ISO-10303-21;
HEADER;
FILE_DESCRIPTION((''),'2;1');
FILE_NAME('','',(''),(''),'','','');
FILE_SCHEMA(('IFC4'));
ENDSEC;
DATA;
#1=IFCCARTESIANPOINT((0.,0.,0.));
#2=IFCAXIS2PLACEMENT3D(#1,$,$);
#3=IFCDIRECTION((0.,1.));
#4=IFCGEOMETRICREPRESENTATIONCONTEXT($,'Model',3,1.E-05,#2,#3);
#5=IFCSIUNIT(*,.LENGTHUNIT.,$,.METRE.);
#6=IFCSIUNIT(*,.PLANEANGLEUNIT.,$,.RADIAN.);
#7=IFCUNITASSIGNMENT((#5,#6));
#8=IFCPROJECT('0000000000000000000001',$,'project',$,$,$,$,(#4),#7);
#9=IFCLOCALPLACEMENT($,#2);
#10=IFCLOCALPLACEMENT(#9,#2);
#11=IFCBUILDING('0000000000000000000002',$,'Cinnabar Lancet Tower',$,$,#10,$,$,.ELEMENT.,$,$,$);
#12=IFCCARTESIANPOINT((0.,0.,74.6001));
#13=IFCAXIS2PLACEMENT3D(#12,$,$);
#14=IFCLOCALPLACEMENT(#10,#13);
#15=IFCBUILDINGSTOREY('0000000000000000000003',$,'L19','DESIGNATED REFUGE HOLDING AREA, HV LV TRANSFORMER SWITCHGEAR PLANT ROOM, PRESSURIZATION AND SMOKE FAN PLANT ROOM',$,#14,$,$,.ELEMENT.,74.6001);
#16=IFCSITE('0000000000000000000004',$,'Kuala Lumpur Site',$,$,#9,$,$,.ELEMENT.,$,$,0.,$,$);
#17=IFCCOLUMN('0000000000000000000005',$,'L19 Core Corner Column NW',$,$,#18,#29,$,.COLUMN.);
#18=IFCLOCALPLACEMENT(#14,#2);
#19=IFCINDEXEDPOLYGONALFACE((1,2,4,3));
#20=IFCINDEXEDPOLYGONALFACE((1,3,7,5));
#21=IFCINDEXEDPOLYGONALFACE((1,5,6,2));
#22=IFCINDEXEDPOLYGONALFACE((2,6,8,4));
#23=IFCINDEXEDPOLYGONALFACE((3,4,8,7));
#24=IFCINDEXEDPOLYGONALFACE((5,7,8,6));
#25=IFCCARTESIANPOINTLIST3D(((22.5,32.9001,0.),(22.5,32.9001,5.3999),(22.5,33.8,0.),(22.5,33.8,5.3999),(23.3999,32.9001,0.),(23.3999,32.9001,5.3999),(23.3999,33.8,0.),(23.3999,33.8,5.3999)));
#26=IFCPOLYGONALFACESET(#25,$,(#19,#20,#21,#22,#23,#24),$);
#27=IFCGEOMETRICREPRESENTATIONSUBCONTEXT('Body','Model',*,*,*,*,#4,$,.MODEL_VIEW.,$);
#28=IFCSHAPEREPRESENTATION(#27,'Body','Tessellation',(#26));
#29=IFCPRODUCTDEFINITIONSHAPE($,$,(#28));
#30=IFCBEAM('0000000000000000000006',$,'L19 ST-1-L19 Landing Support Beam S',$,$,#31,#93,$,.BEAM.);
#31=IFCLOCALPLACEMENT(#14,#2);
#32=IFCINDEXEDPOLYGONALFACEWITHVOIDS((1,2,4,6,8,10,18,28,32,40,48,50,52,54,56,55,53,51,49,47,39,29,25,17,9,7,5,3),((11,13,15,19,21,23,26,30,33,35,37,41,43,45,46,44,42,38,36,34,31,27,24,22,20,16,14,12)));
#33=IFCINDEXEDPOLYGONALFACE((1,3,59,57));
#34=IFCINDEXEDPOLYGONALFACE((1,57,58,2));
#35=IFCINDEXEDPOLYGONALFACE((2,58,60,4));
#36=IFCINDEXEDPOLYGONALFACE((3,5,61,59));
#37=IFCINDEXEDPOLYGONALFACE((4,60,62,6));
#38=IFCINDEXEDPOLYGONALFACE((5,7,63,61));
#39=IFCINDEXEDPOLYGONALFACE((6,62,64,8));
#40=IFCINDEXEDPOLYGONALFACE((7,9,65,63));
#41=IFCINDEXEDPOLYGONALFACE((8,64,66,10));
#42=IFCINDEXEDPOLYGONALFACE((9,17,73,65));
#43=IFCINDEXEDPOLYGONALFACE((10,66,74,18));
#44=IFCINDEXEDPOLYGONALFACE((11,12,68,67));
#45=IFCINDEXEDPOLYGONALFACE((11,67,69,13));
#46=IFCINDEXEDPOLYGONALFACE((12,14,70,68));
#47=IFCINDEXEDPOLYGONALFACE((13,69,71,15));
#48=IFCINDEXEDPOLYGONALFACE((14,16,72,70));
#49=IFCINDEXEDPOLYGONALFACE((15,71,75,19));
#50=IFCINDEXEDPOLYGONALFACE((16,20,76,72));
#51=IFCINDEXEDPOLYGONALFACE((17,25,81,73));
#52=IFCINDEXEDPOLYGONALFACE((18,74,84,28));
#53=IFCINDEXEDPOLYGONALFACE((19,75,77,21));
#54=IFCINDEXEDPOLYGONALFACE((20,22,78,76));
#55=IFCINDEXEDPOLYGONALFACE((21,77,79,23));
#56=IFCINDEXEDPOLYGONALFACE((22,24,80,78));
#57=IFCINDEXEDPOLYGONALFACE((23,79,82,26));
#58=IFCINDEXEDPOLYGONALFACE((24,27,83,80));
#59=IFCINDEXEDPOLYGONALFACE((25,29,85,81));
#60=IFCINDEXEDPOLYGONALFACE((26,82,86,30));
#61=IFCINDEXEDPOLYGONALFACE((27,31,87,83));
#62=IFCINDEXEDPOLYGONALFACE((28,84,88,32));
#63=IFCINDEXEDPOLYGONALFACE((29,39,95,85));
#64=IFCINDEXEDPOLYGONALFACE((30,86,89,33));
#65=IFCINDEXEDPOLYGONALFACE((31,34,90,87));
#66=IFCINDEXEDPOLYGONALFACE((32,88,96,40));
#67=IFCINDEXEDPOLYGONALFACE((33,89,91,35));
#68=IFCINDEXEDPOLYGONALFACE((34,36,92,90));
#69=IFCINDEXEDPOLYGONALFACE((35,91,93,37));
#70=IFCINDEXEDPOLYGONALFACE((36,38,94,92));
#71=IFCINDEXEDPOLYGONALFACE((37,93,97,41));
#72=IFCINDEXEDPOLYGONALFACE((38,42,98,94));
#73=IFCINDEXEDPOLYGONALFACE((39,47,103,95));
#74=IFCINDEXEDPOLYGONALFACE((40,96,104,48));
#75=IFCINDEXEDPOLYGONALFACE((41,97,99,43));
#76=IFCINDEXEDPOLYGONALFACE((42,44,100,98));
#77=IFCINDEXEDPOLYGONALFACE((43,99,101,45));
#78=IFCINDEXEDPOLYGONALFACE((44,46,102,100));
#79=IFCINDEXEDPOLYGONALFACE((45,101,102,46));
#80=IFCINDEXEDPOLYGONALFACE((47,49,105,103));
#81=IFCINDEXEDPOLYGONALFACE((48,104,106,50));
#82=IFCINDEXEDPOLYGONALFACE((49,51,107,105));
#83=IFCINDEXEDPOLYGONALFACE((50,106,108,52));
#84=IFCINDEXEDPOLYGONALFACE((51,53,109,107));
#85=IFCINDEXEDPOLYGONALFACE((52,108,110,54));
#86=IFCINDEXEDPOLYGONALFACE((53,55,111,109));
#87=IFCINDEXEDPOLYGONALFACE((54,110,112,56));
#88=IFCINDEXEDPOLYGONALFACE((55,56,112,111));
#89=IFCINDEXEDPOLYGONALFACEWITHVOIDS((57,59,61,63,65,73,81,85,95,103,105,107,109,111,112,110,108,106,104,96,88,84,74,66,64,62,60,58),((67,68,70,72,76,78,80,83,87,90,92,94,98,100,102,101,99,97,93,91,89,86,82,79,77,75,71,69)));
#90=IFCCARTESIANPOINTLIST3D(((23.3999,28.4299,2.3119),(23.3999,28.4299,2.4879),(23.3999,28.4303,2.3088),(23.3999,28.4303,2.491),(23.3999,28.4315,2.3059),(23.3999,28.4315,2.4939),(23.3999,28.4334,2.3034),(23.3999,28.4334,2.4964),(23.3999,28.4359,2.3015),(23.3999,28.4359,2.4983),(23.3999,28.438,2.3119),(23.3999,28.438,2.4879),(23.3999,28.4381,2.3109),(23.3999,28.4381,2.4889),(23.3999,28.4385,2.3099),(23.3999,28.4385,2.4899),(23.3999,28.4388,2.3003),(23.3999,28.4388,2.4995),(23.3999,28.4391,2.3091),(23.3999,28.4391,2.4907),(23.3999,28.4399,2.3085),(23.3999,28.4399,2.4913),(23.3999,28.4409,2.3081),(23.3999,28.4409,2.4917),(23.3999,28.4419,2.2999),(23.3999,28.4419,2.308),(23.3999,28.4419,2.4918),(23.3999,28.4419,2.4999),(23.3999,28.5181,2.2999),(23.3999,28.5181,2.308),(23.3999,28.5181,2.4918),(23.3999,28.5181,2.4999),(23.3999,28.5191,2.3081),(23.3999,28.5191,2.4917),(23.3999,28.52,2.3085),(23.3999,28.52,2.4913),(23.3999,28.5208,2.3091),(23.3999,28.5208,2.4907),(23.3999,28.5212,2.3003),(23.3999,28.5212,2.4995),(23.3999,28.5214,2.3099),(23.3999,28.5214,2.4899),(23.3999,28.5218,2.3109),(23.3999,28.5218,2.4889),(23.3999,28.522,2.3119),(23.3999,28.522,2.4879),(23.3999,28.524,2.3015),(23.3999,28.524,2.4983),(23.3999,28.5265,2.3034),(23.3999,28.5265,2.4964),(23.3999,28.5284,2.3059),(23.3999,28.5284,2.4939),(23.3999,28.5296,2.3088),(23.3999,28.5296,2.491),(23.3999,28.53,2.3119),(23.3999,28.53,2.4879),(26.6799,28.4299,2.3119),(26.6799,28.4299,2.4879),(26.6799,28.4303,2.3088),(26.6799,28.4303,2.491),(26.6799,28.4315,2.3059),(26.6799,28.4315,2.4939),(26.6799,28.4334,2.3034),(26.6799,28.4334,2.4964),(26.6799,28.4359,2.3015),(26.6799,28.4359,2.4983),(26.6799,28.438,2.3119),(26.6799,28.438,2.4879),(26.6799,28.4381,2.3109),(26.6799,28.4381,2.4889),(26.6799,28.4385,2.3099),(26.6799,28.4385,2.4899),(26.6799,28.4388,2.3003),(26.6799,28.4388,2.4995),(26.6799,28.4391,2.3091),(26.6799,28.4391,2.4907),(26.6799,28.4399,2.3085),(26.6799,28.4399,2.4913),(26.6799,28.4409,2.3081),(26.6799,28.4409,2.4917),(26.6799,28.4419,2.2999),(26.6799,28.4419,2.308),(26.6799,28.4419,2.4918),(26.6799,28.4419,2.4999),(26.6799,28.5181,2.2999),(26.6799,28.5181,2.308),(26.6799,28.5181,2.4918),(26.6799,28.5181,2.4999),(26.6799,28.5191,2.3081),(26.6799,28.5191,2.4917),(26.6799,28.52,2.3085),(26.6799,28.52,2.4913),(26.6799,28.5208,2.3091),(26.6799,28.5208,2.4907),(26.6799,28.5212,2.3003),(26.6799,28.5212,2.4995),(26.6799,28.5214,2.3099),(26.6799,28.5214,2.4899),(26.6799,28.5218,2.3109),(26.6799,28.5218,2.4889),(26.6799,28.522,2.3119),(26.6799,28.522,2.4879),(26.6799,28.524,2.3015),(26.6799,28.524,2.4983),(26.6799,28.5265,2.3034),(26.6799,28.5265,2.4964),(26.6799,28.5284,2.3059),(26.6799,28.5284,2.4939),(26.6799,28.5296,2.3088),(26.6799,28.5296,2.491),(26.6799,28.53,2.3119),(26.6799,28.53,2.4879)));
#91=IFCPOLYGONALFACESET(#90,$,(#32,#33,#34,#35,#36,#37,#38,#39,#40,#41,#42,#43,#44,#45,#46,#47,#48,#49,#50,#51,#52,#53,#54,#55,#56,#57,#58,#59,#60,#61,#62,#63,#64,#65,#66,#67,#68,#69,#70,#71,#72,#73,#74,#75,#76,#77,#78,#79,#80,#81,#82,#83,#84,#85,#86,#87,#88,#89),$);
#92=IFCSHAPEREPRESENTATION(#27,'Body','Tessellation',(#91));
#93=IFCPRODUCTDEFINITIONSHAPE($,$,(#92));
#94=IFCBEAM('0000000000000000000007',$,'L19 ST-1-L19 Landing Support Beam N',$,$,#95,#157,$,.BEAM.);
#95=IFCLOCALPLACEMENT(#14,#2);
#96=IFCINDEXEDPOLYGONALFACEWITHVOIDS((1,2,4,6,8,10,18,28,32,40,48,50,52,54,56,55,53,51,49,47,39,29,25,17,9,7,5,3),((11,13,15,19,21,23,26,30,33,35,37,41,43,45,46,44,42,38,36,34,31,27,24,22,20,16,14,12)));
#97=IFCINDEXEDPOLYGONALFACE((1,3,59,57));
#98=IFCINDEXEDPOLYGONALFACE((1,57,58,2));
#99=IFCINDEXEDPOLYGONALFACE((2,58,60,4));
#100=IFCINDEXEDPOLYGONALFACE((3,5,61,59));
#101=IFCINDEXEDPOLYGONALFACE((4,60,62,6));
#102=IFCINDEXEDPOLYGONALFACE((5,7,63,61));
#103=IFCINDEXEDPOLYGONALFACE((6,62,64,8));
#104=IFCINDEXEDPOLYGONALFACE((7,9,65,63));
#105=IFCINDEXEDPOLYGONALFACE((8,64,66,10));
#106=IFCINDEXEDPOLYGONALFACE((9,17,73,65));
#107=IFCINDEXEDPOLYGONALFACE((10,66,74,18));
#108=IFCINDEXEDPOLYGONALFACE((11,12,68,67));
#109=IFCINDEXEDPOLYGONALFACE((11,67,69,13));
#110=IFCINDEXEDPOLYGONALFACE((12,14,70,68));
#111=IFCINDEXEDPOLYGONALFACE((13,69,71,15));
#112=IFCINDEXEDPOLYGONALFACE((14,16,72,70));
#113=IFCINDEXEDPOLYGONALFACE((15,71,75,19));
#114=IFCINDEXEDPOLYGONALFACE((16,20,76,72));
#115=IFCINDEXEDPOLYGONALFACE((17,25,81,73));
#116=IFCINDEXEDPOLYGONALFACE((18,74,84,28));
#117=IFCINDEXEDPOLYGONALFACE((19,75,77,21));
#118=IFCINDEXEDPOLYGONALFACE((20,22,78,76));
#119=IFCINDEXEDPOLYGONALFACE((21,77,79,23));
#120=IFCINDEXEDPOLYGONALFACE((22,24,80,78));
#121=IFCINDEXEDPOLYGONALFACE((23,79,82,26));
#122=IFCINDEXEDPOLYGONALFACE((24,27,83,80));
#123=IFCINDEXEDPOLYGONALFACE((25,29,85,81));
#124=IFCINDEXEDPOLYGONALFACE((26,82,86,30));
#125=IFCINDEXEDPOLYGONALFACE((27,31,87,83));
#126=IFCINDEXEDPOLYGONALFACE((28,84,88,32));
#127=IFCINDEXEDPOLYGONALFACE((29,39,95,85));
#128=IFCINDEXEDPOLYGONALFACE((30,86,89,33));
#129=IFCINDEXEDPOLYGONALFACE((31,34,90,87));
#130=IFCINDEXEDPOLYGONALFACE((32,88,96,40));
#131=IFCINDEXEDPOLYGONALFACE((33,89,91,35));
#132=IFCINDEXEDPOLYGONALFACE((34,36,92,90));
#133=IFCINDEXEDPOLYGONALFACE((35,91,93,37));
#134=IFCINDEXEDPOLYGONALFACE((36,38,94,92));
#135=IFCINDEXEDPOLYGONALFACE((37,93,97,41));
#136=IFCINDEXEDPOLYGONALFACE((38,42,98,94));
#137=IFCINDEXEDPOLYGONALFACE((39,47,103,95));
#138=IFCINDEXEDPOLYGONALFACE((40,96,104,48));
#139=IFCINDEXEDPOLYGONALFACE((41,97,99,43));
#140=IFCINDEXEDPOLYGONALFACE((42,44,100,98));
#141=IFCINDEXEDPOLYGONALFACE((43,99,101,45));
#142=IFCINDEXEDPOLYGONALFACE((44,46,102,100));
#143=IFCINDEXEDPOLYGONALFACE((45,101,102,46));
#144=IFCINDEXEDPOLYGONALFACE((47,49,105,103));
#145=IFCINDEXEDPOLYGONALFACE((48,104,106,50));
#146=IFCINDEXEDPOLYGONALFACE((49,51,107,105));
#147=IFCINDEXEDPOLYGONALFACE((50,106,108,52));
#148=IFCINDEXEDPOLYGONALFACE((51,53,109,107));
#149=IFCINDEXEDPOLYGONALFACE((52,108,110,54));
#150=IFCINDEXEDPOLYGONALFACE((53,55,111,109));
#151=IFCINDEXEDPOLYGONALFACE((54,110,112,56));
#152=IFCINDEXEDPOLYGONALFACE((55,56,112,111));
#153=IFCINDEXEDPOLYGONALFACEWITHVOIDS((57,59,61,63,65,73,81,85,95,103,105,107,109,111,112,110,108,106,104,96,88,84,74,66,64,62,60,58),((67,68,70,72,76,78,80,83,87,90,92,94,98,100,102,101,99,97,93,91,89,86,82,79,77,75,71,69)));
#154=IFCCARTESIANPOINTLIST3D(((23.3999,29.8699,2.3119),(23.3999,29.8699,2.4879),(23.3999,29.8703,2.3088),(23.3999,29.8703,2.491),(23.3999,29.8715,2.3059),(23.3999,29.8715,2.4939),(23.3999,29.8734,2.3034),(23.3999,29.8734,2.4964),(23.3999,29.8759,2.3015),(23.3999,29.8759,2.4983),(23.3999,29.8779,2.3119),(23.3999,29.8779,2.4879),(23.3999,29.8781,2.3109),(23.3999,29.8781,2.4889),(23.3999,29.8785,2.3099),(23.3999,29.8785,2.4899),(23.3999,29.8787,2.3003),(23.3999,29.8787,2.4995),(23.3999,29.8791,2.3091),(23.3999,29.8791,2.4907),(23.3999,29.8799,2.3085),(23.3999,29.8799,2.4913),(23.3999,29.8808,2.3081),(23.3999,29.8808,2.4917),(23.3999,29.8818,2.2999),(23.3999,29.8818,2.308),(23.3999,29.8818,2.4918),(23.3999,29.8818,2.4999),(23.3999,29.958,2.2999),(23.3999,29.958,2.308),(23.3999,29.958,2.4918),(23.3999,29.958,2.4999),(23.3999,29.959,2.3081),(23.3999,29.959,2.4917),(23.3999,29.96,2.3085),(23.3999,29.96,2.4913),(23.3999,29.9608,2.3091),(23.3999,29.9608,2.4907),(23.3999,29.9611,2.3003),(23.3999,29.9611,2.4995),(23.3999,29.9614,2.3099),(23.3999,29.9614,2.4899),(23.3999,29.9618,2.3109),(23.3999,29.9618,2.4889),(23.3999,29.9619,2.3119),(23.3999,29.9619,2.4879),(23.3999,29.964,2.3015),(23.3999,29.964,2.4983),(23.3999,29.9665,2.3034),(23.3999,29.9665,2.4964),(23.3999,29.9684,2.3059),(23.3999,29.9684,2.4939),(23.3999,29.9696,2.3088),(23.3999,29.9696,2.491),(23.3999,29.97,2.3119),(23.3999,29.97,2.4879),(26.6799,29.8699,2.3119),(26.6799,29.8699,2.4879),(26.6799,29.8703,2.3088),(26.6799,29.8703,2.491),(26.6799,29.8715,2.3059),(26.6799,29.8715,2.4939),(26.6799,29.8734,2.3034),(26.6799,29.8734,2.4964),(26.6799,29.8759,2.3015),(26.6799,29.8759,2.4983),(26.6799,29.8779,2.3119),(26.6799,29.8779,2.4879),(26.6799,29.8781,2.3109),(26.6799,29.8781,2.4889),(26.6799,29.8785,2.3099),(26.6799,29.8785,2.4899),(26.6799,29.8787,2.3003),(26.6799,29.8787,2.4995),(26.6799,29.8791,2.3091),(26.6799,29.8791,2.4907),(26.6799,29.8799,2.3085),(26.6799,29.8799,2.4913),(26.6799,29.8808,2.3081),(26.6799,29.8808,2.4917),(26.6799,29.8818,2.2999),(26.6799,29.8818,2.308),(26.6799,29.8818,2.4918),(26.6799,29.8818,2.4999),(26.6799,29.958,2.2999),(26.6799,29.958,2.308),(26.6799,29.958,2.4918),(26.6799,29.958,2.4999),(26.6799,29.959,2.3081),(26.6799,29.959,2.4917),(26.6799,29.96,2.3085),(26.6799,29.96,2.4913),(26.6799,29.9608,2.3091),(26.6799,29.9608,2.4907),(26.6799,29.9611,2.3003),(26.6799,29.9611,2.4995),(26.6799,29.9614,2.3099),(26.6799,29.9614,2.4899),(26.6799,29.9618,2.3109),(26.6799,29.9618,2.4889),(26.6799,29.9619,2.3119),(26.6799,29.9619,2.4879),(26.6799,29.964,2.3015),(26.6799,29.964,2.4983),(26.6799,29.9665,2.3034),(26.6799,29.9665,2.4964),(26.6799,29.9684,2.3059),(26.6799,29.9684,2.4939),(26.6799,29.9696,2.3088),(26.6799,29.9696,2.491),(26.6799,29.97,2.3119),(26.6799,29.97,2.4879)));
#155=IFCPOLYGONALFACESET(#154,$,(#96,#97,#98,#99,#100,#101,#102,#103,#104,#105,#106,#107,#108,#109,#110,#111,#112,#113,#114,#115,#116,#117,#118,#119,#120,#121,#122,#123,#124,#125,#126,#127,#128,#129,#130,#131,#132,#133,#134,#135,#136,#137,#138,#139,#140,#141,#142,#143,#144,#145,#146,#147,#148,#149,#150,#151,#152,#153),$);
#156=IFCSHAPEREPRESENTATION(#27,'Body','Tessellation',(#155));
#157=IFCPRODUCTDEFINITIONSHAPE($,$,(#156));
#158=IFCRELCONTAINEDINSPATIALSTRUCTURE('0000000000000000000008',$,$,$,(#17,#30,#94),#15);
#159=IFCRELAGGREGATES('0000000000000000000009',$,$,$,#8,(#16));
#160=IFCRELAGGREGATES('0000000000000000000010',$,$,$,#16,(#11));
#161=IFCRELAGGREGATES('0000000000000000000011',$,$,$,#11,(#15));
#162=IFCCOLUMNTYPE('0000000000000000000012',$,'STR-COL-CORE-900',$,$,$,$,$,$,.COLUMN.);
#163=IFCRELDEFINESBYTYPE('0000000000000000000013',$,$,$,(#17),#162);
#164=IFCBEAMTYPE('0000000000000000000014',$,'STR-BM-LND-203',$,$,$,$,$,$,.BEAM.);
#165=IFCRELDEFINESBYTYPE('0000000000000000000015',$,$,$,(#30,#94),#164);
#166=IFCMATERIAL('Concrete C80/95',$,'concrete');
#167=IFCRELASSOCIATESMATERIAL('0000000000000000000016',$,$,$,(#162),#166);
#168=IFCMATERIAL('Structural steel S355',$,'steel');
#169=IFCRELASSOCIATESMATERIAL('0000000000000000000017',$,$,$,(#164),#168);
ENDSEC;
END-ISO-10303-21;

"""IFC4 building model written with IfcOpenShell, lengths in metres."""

from ifc_helpers import new_model, si_unit, direction, frame, origin, origin_2d, place, context, subcontext, project, spatial, rectangle, hollow_rectangle, extrude, material, material_profile, profile_set, type_object, element, save


model = new_model("IFC4")

# Units and contexts
model_context = context("Model", 3, precision=1e-05, world=origin(), true_north=direction((0.0, 1.0)))
body_context = subcontext(model_context, "Body", "Model", "MODEL_VIEW")
ifc_project = project(units=[si_unit("LENGTHUNIT", "METRE"), si_unit("PLANEANGLEUNIT", "RADIAN")], contexts=[model_context])

# Site, building, storey
site_placement = place(None, origin())
site = spatial("IfcSite", under=ifc_project, at=site_placement, Name="Kuala Lumpur Site", CompositionType="ELEMENT", RefElevation=0.0)
building_placement = place(site_placement, origin())
building = spatial("IfcBuilding", under=site, at=building_placement, Name="Cinnabar Lancet Tower", CompositionType="ELEMENT")
storey_placement = place(building_placement, frame((0.0, 0.0, 74.6001)))
storey = spatial("IfcBuildingStorey", under=building, at=storey_placement, Name="L19", Description="DESIGNATED REFUGE HOLDING AREA, HV LV TRANSFORMER SWITCHGEAR PLANT ROOM, PRESSURIZATION AND SMOKE FAN PLANT ROOM", CompositionType="ELEMENT", Elevation=74.6001)

# Column
ifc_material_1 = material(Name="Concrete C80/95", Category="concrete")
ifc_material_profile_1 = material_profile(ifc_material_1, rectangle(XDim=0.8999, YDim=0.8999, at=origin_2d()), Name="RC-COL 900x900")
ifc_profile_set_1 = profile_set([ifc_material_profile_1], Name="Concrete C80/95")
column_type = type_object("IfcColumnType", Name="STR-COL-CORE-900", PredefinedType="COLUMN", material=ifc_profile_set_1)
column_placement = place(storey_placement, frame((22.95, 33.3501, 0.0), z_axis=(0.0, 0.0, 1.0), x_axis=(1.0, 0.0, 0.0)))
element("IfcColumn", 1, at=column_placement, inside=storey, type_object=column_type, Name="L19 Core Corner Column NW", PredefinedType="COLUMN", context=body_context, shape_type="SweptSolid", body=[
    extrude(rectangle(XDim=0.8999, YDim=0.8999, at=origin_2d()), origin(), (0.0, 0.0, 1.0), 5.3999),
])

# Beams
ifc_material_2 = material(Name="Structural steel S355", Category="steel")
ifc_material_profile_2 = material_profile(ifc_material_2, hollow_rectangle(XDim=0.1001, YDim=0.2, WallThickness=0.0081, InnerFilletRadius=0.0039, OuterFilletRadius=0.012, at=origin_2d()), Name="RHS 200x100x8")
ifc_profile_set_2 = profile_set([ifc_material_profile_2], Name="Structural steel S355")
beam_type = type_object("IfcBeamType", Name="STR-BM-LND-203", PredefinedType="BEAM", material=ifc_profile_set_2)
for number, where, z_axis, x_axis, name in (
    (2, (23.3999, 28.48, 2.3999), (1.0, 0.0, 0.0), (0.0, 1.0, 0.0), "L19 ST-1-L19 Landing Support Beam S"),
    (3, (23.3999, 29.9199, 2.3999), (1.0, 0.0, 0.0), (0.0, 1.0, 0.0), "L19 ST-1-L19 Landing Support Beam N"),
):
    element("IfcBeam", number, at=place(storey_placement, frame(where, z_axis=z_axis, x_axis=x_axis)), inside=storey, type_object=beam_type, Name=name, PredefinedType="BEAM", context=body_context, shape_type="SweptSolid", body=[
        extrude(hollow_rectangle(XDim=0.1001, YDim=0.2, WallThickness=0.0081, InnerFilletRadius=0.0039, OuterFilletRadius=0.012, at=origin_2d()), origin(), (0.0, 0.0, 1.0), 3.28),
    ])

save(model, "model.ifc")
